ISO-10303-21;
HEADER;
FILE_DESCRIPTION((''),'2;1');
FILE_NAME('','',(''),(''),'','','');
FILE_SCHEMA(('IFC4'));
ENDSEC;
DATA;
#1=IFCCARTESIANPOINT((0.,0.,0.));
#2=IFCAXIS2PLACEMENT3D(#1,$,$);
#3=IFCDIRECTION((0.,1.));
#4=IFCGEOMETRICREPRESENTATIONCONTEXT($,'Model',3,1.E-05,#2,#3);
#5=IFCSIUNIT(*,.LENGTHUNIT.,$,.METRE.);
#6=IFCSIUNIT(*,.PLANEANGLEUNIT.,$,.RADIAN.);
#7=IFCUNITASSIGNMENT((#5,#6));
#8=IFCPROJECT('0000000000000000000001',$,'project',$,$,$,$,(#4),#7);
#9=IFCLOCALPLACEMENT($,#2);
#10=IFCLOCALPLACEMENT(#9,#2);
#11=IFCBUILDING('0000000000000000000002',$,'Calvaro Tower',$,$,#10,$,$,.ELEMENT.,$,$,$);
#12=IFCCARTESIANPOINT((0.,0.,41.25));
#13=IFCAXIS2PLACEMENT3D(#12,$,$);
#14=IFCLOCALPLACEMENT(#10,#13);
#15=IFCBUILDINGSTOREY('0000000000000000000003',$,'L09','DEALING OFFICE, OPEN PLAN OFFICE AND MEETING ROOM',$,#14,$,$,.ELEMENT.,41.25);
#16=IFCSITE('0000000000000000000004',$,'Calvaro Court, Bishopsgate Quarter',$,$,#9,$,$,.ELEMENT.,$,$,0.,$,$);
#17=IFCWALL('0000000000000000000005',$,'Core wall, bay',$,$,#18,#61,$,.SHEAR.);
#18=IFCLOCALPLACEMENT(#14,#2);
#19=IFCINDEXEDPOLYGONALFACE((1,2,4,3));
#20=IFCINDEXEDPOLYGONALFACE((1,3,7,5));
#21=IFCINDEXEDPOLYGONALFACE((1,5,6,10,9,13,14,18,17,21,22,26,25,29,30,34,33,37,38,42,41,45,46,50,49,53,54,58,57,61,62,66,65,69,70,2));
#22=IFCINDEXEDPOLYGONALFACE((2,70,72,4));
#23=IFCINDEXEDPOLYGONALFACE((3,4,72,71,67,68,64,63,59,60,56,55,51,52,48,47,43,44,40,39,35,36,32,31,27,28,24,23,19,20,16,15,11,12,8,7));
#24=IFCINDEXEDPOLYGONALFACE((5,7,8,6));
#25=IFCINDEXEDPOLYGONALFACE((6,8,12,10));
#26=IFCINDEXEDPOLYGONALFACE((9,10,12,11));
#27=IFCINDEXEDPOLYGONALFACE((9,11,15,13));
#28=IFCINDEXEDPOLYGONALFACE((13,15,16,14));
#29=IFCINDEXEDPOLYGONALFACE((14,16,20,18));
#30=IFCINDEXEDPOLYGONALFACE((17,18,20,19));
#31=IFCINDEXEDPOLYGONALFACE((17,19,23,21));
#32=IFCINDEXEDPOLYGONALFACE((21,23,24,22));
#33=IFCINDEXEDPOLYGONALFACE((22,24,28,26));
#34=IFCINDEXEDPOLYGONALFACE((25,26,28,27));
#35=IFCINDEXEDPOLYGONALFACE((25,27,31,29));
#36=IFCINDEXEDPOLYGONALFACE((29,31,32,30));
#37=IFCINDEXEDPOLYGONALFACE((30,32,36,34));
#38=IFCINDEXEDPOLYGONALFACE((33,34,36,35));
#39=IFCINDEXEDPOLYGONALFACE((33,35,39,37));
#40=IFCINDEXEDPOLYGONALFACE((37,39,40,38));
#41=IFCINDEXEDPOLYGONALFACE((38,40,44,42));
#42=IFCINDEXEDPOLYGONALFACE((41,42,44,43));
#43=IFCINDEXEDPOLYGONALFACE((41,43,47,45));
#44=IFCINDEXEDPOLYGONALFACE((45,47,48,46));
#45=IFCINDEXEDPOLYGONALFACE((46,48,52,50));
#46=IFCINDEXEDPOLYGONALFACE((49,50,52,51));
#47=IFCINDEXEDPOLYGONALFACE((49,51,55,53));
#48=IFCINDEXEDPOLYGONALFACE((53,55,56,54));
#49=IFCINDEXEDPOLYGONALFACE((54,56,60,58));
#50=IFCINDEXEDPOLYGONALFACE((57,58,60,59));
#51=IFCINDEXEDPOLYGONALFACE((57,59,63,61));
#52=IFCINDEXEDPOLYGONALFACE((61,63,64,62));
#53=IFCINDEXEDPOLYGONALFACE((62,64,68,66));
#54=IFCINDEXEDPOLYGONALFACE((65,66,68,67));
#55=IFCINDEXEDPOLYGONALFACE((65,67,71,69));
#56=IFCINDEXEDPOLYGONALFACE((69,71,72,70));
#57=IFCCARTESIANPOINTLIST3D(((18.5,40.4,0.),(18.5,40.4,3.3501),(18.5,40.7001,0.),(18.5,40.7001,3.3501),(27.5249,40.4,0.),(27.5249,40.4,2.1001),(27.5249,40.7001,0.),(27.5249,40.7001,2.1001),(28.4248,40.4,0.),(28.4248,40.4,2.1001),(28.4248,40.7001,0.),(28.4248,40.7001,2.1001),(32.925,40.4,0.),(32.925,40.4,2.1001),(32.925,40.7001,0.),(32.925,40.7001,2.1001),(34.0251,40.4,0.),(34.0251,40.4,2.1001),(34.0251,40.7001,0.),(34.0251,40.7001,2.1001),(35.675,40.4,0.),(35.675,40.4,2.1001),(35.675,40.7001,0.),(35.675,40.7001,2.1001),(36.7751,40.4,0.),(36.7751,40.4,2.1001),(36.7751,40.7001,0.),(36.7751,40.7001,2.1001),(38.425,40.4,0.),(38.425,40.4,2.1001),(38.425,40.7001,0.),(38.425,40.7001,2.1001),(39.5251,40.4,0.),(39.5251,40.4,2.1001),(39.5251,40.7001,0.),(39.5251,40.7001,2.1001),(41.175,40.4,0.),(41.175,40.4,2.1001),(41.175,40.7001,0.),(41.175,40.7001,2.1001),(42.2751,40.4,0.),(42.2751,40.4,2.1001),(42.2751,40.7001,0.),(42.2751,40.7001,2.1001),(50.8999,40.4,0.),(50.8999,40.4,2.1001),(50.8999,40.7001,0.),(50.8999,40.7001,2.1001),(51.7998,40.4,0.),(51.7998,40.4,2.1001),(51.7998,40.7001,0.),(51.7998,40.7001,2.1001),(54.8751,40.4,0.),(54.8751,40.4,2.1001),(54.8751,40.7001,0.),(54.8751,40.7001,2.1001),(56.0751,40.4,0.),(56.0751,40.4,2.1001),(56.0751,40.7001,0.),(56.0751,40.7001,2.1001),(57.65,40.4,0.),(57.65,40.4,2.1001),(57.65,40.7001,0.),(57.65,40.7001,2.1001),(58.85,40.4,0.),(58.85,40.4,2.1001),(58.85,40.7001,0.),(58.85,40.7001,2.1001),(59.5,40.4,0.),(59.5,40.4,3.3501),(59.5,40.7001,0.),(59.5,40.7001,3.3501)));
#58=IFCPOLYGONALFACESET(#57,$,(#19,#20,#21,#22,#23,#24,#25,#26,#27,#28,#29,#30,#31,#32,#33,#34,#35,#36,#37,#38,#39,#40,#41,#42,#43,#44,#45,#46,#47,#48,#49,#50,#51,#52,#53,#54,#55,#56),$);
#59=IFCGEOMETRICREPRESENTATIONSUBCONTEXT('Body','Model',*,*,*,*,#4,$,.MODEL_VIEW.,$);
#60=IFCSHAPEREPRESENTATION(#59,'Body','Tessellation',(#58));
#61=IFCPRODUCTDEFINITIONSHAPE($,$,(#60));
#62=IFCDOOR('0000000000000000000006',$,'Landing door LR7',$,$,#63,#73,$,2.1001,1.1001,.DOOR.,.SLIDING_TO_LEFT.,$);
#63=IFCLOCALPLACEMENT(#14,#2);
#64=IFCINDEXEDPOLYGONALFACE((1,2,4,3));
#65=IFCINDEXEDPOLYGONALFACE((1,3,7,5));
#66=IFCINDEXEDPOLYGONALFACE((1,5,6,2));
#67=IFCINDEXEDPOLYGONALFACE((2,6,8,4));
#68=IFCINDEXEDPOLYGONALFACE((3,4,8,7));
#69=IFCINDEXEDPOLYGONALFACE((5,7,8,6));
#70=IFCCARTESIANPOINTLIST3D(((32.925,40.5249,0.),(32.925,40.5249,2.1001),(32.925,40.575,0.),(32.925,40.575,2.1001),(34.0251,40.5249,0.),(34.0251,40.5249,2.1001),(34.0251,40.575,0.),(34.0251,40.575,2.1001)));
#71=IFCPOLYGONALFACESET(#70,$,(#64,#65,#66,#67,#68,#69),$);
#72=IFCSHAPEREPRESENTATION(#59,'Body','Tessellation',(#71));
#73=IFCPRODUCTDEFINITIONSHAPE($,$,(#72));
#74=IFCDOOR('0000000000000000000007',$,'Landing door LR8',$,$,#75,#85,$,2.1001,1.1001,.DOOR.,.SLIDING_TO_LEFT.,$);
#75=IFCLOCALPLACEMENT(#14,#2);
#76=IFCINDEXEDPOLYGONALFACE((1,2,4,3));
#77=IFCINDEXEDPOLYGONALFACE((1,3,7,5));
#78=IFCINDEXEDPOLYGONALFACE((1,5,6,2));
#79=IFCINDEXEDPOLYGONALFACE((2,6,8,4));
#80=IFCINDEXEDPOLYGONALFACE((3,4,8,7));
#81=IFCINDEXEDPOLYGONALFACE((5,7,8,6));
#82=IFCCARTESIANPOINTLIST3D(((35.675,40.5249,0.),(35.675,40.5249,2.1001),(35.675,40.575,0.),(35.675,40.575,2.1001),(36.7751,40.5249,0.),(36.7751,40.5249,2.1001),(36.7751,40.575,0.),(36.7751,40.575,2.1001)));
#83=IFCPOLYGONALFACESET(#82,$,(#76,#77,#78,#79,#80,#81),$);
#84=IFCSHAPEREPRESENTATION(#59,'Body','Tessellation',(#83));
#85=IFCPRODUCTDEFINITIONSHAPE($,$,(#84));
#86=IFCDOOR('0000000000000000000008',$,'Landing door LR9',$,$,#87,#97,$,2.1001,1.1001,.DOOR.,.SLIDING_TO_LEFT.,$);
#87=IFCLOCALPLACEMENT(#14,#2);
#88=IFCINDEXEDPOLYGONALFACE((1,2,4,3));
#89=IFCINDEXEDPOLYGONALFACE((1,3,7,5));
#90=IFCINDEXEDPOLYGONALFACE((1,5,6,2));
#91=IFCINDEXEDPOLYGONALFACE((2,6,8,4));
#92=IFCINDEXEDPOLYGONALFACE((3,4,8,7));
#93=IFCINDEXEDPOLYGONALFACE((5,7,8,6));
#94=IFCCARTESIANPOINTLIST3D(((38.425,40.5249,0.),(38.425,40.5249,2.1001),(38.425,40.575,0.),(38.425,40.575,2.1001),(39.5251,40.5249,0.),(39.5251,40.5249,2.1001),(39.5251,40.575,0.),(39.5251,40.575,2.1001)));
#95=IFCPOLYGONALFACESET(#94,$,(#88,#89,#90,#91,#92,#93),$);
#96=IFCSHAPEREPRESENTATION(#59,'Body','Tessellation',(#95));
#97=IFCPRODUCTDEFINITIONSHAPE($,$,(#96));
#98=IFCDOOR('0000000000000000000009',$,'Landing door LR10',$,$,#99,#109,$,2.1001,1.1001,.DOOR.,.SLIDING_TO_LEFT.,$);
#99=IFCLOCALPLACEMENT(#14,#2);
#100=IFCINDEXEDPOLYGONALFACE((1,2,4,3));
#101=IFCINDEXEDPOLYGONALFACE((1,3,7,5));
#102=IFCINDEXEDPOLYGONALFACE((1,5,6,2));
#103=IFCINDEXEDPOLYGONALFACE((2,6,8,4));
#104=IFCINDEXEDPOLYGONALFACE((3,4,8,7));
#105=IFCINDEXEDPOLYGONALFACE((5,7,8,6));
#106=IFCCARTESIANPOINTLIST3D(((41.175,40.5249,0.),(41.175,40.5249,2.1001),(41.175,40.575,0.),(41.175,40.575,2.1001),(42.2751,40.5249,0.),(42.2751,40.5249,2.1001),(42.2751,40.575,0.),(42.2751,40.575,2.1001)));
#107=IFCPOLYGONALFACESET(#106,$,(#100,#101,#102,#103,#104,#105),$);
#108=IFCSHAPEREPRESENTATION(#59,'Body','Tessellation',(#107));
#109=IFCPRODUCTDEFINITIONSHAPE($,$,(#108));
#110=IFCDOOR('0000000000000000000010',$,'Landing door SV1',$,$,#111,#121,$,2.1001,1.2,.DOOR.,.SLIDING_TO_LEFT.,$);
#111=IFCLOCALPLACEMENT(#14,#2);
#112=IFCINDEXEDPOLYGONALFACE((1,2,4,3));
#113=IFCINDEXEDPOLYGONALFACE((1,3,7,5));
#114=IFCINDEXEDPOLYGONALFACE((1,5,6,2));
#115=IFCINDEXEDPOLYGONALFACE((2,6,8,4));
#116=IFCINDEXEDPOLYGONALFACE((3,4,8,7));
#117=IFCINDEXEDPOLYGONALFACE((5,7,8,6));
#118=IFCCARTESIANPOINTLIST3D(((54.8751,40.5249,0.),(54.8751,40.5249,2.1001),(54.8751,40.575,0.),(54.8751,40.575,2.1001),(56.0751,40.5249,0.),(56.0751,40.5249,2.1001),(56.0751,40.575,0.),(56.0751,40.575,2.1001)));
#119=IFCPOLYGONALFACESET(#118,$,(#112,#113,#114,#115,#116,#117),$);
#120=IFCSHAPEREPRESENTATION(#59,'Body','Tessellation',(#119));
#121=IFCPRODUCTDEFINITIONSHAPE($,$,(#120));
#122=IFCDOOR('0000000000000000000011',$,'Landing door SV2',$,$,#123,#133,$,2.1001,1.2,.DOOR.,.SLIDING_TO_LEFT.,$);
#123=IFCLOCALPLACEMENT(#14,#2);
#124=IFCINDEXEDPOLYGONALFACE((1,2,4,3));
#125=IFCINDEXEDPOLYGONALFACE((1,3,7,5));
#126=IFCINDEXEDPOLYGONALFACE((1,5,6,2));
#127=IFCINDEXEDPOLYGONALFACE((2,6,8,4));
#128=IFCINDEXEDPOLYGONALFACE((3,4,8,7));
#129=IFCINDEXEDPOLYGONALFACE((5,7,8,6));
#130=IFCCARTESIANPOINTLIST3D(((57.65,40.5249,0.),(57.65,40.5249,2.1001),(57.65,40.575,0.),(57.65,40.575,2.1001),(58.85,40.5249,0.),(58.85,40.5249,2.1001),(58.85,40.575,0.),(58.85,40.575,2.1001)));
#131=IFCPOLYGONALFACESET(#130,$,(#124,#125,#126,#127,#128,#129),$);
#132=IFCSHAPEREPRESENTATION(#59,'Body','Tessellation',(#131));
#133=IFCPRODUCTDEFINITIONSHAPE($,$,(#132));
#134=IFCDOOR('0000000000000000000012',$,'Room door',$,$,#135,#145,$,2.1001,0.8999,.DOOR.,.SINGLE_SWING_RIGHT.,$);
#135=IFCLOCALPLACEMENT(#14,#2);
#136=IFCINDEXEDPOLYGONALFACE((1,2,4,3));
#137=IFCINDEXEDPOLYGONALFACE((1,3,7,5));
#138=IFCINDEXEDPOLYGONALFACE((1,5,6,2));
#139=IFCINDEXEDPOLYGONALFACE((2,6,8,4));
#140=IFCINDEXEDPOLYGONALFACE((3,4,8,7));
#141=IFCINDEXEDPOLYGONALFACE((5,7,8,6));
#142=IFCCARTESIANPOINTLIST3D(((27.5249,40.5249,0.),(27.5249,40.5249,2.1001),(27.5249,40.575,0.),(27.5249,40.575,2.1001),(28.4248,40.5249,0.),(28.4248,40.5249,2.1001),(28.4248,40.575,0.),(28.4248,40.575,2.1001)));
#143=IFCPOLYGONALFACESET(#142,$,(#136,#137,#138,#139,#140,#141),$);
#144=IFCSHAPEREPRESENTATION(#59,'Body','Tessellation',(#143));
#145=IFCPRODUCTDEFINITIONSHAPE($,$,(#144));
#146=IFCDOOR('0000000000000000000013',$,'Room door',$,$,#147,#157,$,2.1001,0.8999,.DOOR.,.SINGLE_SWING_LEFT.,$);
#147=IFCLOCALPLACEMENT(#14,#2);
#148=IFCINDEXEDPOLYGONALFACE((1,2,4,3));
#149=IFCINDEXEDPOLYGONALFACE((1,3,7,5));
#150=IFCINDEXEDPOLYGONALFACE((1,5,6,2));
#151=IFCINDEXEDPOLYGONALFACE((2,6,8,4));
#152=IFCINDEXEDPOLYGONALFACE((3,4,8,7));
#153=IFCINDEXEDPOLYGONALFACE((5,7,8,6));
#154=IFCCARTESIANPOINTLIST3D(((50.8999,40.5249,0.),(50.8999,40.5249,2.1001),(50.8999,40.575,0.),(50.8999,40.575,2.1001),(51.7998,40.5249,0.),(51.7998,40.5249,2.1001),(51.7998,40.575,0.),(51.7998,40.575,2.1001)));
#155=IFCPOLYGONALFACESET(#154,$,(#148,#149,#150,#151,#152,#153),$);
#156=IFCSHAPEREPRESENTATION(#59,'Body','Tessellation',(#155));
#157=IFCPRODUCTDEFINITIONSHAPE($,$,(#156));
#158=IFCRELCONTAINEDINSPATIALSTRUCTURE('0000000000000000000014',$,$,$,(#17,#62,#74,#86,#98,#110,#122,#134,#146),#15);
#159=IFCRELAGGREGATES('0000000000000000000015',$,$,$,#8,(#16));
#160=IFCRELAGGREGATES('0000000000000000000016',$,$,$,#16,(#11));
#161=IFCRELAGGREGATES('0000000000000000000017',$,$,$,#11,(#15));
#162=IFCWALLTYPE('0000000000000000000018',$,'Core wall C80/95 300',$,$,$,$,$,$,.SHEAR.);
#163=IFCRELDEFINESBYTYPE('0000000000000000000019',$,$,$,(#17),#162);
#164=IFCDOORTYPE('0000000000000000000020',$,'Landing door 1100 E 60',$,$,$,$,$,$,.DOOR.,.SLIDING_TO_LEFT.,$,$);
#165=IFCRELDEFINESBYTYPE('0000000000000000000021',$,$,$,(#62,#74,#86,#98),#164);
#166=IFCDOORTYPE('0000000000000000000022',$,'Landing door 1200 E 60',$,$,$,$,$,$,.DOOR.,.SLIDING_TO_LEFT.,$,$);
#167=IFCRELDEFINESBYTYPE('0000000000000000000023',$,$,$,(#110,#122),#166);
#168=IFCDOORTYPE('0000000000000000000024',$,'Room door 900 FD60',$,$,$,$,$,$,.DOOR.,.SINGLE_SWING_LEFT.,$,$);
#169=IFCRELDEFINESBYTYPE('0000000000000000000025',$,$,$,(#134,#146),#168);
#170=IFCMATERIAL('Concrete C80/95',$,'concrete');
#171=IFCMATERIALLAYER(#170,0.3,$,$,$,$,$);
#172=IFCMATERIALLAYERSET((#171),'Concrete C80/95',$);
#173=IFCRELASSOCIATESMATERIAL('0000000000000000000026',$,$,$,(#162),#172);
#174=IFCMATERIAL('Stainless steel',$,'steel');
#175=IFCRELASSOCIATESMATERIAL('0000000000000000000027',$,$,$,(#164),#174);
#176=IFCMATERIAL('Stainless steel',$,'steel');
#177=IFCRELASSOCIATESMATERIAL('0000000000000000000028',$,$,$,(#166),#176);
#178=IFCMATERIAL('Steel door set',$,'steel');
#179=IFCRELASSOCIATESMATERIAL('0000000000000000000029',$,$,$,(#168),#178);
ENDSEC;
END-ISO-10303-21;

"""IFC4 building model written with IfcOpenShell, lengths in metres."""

from ifc_helpers import new_model, si_unit, direction, frame, frame_2d, origin, place, context, subcontext, project, spatial, rectangle, extrude, material, layer, layer_set, type_object, element, fill, save


model = new_model("IFC4")

# Units and contexts
model_context = context("Model", 3, precision=1e-05, world=origin(), true_north=direction((0.0, 1.0)))
body_context = subcontext(model_context, "Body", "Model", "MODEL_VIEW")
ifc_project = project(units=[si_unit("LENGTHUNIT", "METRE"), si_unit("PLANEANGLEUNIT", "RADIAN")], contexts=[model_context])

# Site, building, storey
site_placement = place(None, origin())
site = spatial("IfcSite", under=ifc_project, at=site_placement, Name="Calvaro Court, Bishopsgate Quarter", CompositionType="ELEMENT", RefElevation=0.0)
building_placement = place(site_placement, origin())
building = spatial("IfcBuilding", under=site, at=building_placement, Name="Calvaro Tower", CompositionType="ELEMENT")
storey_placement = place(building_placement, frame((0.0, 0.0, 41.25)))
storey = spatial("IfcBuildingStorey", under=building, at=storey_placement, Name="L09", Description="DEALING OFFICE, OPEN PLAN OFFICE AND MEETING ROOM", CompositionType="ELEMENT", Elevation=41.25)

# Shared definitions
ifc_material_1 = material(Name="Concrete C80/95", Category="concrete")
ifc_layer_1 = layer(ifc_material_1, 0.3)
ifc_layer_set_1 = layer_set([ifc_layer_1], Name="Concrete C80/95")
wall_type_1 = type_object("IfcWallType", Name="Core wall C80/95 300", PredefinedType="SHEAR", material=ifc_layer_set_1)
ifc_material_2 = material(Name="Stainless steel", Category="steel")
door_type_1 = type_object("IfcDoorType", Name="Landing door 1100 E 60", OperationType="SLIDING_TO_LEFT", PredefinedType="DOOR", material=ifc_material_2)

# Wall, openings, doors
wall_1_placement = place(storey_placement, frame((18.5, 40.55, 0.0), z_axis=(0.0, 0.0, 1.0), x_axis=(1.0, 0.0, 0.0)))
wall_1 = element("IfcWall", 1, at=wall_1_placement, inside=storey, type_object=wall_type_1, Name="Core wall, bay", PredefinedType="SHEAR", context=body_context, shape_type="SweptSolid", body=[
    extrude(rectangle(XDim=41.0, YDim=0.3, at=frame_2d((20.5, 0.0))), origin(), (0.0, 0.0, 1.0), 3.3501),
])
opening_1_placement = place(wall_1_placement, frame((9.0249, 0.0, 0.0)))
opening_1 = element("IfcOpeningElement", 2, at=opening_1_placement, cuts=wall_1, PredefinedType="OPENING", context=body_context, shape_type="SweptSolid", body=[
    extrude(rectangle(XDim=0.8999, YDim=2.1001, at=frame_2d((0.45, 1.05))), frame((0.0, 0.1599, 0.0), z_axis=(0.0, -1.0, 0.0), x_axis=(1.0, 0.0, 0.0)), (0.0, 0.0, 1.0), 0.3201),
])
opening_2_placement = place(wall_1_placement, frame((32.3999, 0.0, 0.0)))
opening_2 = element("IfcOpeningElement", 3, at=opening_2_placement, cuts=wall_1, PredefinedType="OPENING", context=body_context, shape_type="SweptSolid", body=[
    extrude(rectangle(XDim=0.8999, YDim=2.1001, at=frame_2d((0.45, 1.05))), frame((0.0, 0.1599, 0.0), z_axis=(0.0, -1.0, 0.0), x_axis=(1.0, 0.0, 0.0)), (0.0, 0.0, 1.0), 0.3201),
])
opening_3_placement = place(wall_1_placement, frame((14.425, 0.0, 0.0)))
opening_3 = element("IfcOpeningElement", 4, at=opening_3_placement, cuts=wall_1, PredefinedType="OPENING", context=body_context, shape_type="SweptSolid", body=[
    extrude(rectangle(XDim=1.1001, YDim=2.1001, at=frame_2d((0.55, 1.05))), frame((0.0, 0.1599, 0.0), z_axis=(0.0, -1.0, 0.0), x_axis=(1.0, 0.0, 0.0)), (0.0, 0.0, 1.0), 0.3201),
])
opening_4_placement = place(wall_1_placement, frame((17.175, 0.0, 0.0)))
opening_4 = element("IfcOpeningElement", 5, at=opening_4_placement, cuts=wall_1, PredefinedType="OPENING", context=body_context, shape_type="SweptSolid", body=[
    extrude(rectangle(XDim=1.1001, YDim=2.1001, at=frame_2d((0.55, 1.05))), frame((0.0, 0.1599, 0.0), z_axis=(0.0, -1.0, 0.0), x_axis=(1.0, 0.0, 0.0)), (0.0, 0.0, 1.0), 0.3201),
])
opening_5_placement = place(wall_1_placement, frame((19.925, 0.0, 0.0)))
opening_5 = element("IfcOpeningElement", 6, at=opening_5_placement, cuts=wall_1, PredefinedType="OPENING", context=body_context, shape_type="SweptSolid", body=[
    extrude(rectangle(XDim=1.1001, YDim=2.1001, at=frame_2d((0.55, 1.05))), frame((0.0, 0.1599, 0.0), z_axis=(0.0, -1.0, 0.0), x_axis=(1.0, 0.0, 0.0)), (0.0, 0.0, 1.0), 0.3201),
])
opening_6_placement = place(wall_1_placement, frame((22.675, 0.0, 0.0)))
opening_6 = element("IfcOpeningElement", 7, at=opening_6_placement, cuts=wall_1, PredefinedType="OPENING", context=body_context, shape_type="SweptSolid", body=[
    extrude(rectangle(XDim=1.1001, YDim=2.1001, at=frame_2d((0.55, 1.05))), frame((0.0, 0.1599, 0.0), z_axis=(0.0, -1.0, 0.0), x_axis=(1.0, 0.0, 0.0)), (0.0, 0.0, 1.0), 0.3201),
])
opening_7_placement = place(wall_1_placement, frame((36.375, 0.0, 0.0)))
opening_7 = element("IfcOpeningElement", 8, at=opening_7_placement, cuts=wall_1, PredefinedType="OPENING", context=body_context, shape_type="SweptSolid", body=[
    extrude(rectangle(XDim=1.2, YDim=2.1001, at=frame_2d((0.6001, 1.05))), frame((0.0, 0.1599, 0.0), z_axis=(0.0, -1.0, 0.0), x_axis=(1.0, 0.0, 0.0)), (0.0, 0.0, 1.0), 0.3201),
])
opening_8_placement = place(wall_1_placement, frame((39.1499, 0.0, 0.0)))
opening_8 = element("IfcOpeningElement", 9, at=opening_8_placement, cuts=wall_1, PredefinedType="OPENING", context=body_context, shape_type="SweptSolid", body=[
    extrude(rectangle(XDim=1.2, YDim=2.1001, at=frame_2d((0.6001, 1.05))), frame((0.0, 0.1599, 0.0), z_axis=(0.0, -1.0, 0.0), x_axis=(1.0, 0.0, 0.0)), (0.0, 0.0, 1.0), 0.3201),
])
door_1_placement = place(opening_3_placement, origin())
door_1 = element("IfcDoor", 10, at=door_1_placement, inside=storey, type_object=door_type_1, Name="Landing door LR7", OperationType="SLIDING_TO_LEFT", OverallHeight=2.1001, OverallWidth=1.1001, PredefinedType="DOOR", context=body_context, shape_type="SweptSolid", body=[
    extrude(rectangle(XDim=1.1001, YDim=2.1001, at=frame_2d((0.55, 1.05))), frame((0.0, 0.0249, 0.0), z_axis=(0.0, -1.0, 0.0), x_axis=(1.0, 0.0, 0.0)), (0.0, 0.0, 1.0), 0.05),
])
fill(opening_3, door_1)
door_2_placement = place(opening_4_placement, origin())
door_2 = element("IfcDoor", 11, at=door_2_placement, inside=storey, type_object=door_type_1, Name="Landing door LR8", OperationType="SLIDING_TO_LEFT", OverallHeight=2.1001, OverallWidth=1.1001, PredefinedType="DOOR", context=body_context, shape_type="SweptSolid", body=[
    extrude(rectangle(XDim=1.1001, YDim=2.1001, at=frame_2d((0.55, 1.05))), frame((0.0, 0.0249, 0.0), z_axis=(0.0, -1.0, 0.0), x_axis=(1.0, 0.0, 0.0)), (0.0, 0.0, 1.0), 0.05),
])
fill(opening_4, door_2)
door_3_placement = place(opening_5_placement, origin())
door_3 = element("IfcDoor", 12, at=door_3_placement, inside=storey, type_object=door_type_1, Name="Landing door LR9", OperationType="SLIDING_TO_LEFT", OverallHeight=2.1001, OverallWidth=1.1001, PredefinedType="DOOR", context=body_context, shape_type="SweptSolid", body=[
    extrude(rectangle(XDim=1.1001, YDim=2.1001, at=frame_2d((0.55, 1.05))), frame((0.0, 0.0249, 0.0), z_axis=(0.0, -1.0, 0.0), x_axis=(1.0, 0.0, 0.0)), (0.0, 0.0, 1.0), 0.05),
])
fill(opening_5, door_3)
door_4_placement = place(opening_6_placement, origin())
door_4 = element("IfcDoor", 13, at=door_4_placement, inside=storey, type_object=door_type_1, Name="Landing door LR10", OperationType="SLIDING_TO_LEFT", OverallHeight=2.1001, OverallWidth=1.1001, PredefinedType="DOOR", context=body_context, shape_type="SweptSolid", body=[
    extrude(rectangle(XDim=1.1001, YDim=2.1001, at=frame_2d((0.55, 1.05))), frame((0.0, 0.0249, 0.0), z_axis=(0.0, -1.0, 0.0), x_axis=(1.0, 0.0, 0.0)), (0.0, 0.0, 1.0), 0.05),
])
fill(opening_6, door_4)
ifc_material_3 = material(Name="Stainless steel", Category="steel")
door_type_2 = type_object("IfcDoorType", Name="Landing door 1200 E 60", OperationType="SLIDING_TO_LEFT", PredefinedType="DOOR", material=ifc_material_3)
door_5_placement = place(opening_7_placement, origin())
door_5 = element("IfcDoor", 14, at=door_5_placement, inside=storey, type_object=door_type_2, Name="Landing door SV1", OperationType="SLIDING_TO_LEFT", OverallHeight=2.1001, OverallWidth=1.2, PredefinedType="DOOR", context=body_context, shape_type="SweptSolid", body=[
    extrude(rectangle(XDim=1.2, YDim=2.1001, at=frame_2d((0.6001, 1.05))), frame((0.0, 0.0249, 0.0), z_axis=(0.0, -1.0, 0.0), x_axis=(1.0, 0.0, 0.0)), (0.0, 0.0, 1.0), 0.05),
])
fill(opening_7, door_5)
door_6_placement = place(opening_8_placement, origin())
door_6 = element("IfcDoor", 15, at=door_6_placement, inside=storey, type_object=door_type_2, Name="Landing door SV2", OperationType="SLIDING_TO_LEFT", OverallHeight=2.1001, OverallWidth=1.2, PredefinedType="DOOR", context=body_context, shape_type="SweptSolid", body=[
    extrude(rectangle(XDim=1.2, YDim=2.1001, at=frame_2d((0.6001, 1.05))), frame((0.0, 0.0249, 0.0), z_axis=(0.0, -1.0, 0.0), x_axis=(1.0, 0.0, 0.0)), (0.0, 0.0, 1.0), 0.05),
])
fill(opening_8, door_6)
ifc_material_4 = material(Name="Steel door set", Category="steel")
door_type_3 = type_object("IfcDoorType", Name="Room door 900 FD60", OperationType="SINGLE_SWING_LEFT", PredefinedType="DOOR", material=ifc_material_4)
door_7_placement = place(opening_1_placement, origin())
door_7 = element("IfcDoor", 16, at=door_7_placement, inside=storey, type_object=door_type_3, Name="Room door", OperationType="SINGLE_SWING_RIGHT", OverallHeight=2.1001, OverallWidth=0.8999, PredefinedType="DOOR", context=body_context, shape_type="SweptSolid", body=[
    extrude(rectangle(XDim=0.8999, YDim=2.1001, at=frame_2d((0.45, 1.05))), frame((0.0, 0.0249, 0.0), z_axis=(0.0, -1.0, 0.0), x_axis=(1.0, 0.0, 0.0)), (0.0, 0.0, 1.0), 0.05),
])
fill(opening_1, door_7)
door_8_placement = place(opening_2_placement, origin())
door_8 = element("IfcDoor", 17, at=door_8_placement, inside=storey, type_object=door_type_3, Name="Room door", OperationType="SINGLE_SWING_LEFT", OverallHeight=2.1001, OverallWidth=0.8999, PredefinedType="DOOR", context=body_context, shape_type="SweptSolid", body=[
    extrude(rectangle(XDim=0.8999, YDim=2.1001, at=frame_2d((0.45, 1.05))), frame((0.0, 0.0249, 0.0), z_axis=(0.0, -1.0, 0.0), x_axis=(1.0, 0.0, 0.0)), (0.0, 0.0, 1.0), 0.05),
])
fill(opening_2, door_8)

save(model, "model.ifc")
